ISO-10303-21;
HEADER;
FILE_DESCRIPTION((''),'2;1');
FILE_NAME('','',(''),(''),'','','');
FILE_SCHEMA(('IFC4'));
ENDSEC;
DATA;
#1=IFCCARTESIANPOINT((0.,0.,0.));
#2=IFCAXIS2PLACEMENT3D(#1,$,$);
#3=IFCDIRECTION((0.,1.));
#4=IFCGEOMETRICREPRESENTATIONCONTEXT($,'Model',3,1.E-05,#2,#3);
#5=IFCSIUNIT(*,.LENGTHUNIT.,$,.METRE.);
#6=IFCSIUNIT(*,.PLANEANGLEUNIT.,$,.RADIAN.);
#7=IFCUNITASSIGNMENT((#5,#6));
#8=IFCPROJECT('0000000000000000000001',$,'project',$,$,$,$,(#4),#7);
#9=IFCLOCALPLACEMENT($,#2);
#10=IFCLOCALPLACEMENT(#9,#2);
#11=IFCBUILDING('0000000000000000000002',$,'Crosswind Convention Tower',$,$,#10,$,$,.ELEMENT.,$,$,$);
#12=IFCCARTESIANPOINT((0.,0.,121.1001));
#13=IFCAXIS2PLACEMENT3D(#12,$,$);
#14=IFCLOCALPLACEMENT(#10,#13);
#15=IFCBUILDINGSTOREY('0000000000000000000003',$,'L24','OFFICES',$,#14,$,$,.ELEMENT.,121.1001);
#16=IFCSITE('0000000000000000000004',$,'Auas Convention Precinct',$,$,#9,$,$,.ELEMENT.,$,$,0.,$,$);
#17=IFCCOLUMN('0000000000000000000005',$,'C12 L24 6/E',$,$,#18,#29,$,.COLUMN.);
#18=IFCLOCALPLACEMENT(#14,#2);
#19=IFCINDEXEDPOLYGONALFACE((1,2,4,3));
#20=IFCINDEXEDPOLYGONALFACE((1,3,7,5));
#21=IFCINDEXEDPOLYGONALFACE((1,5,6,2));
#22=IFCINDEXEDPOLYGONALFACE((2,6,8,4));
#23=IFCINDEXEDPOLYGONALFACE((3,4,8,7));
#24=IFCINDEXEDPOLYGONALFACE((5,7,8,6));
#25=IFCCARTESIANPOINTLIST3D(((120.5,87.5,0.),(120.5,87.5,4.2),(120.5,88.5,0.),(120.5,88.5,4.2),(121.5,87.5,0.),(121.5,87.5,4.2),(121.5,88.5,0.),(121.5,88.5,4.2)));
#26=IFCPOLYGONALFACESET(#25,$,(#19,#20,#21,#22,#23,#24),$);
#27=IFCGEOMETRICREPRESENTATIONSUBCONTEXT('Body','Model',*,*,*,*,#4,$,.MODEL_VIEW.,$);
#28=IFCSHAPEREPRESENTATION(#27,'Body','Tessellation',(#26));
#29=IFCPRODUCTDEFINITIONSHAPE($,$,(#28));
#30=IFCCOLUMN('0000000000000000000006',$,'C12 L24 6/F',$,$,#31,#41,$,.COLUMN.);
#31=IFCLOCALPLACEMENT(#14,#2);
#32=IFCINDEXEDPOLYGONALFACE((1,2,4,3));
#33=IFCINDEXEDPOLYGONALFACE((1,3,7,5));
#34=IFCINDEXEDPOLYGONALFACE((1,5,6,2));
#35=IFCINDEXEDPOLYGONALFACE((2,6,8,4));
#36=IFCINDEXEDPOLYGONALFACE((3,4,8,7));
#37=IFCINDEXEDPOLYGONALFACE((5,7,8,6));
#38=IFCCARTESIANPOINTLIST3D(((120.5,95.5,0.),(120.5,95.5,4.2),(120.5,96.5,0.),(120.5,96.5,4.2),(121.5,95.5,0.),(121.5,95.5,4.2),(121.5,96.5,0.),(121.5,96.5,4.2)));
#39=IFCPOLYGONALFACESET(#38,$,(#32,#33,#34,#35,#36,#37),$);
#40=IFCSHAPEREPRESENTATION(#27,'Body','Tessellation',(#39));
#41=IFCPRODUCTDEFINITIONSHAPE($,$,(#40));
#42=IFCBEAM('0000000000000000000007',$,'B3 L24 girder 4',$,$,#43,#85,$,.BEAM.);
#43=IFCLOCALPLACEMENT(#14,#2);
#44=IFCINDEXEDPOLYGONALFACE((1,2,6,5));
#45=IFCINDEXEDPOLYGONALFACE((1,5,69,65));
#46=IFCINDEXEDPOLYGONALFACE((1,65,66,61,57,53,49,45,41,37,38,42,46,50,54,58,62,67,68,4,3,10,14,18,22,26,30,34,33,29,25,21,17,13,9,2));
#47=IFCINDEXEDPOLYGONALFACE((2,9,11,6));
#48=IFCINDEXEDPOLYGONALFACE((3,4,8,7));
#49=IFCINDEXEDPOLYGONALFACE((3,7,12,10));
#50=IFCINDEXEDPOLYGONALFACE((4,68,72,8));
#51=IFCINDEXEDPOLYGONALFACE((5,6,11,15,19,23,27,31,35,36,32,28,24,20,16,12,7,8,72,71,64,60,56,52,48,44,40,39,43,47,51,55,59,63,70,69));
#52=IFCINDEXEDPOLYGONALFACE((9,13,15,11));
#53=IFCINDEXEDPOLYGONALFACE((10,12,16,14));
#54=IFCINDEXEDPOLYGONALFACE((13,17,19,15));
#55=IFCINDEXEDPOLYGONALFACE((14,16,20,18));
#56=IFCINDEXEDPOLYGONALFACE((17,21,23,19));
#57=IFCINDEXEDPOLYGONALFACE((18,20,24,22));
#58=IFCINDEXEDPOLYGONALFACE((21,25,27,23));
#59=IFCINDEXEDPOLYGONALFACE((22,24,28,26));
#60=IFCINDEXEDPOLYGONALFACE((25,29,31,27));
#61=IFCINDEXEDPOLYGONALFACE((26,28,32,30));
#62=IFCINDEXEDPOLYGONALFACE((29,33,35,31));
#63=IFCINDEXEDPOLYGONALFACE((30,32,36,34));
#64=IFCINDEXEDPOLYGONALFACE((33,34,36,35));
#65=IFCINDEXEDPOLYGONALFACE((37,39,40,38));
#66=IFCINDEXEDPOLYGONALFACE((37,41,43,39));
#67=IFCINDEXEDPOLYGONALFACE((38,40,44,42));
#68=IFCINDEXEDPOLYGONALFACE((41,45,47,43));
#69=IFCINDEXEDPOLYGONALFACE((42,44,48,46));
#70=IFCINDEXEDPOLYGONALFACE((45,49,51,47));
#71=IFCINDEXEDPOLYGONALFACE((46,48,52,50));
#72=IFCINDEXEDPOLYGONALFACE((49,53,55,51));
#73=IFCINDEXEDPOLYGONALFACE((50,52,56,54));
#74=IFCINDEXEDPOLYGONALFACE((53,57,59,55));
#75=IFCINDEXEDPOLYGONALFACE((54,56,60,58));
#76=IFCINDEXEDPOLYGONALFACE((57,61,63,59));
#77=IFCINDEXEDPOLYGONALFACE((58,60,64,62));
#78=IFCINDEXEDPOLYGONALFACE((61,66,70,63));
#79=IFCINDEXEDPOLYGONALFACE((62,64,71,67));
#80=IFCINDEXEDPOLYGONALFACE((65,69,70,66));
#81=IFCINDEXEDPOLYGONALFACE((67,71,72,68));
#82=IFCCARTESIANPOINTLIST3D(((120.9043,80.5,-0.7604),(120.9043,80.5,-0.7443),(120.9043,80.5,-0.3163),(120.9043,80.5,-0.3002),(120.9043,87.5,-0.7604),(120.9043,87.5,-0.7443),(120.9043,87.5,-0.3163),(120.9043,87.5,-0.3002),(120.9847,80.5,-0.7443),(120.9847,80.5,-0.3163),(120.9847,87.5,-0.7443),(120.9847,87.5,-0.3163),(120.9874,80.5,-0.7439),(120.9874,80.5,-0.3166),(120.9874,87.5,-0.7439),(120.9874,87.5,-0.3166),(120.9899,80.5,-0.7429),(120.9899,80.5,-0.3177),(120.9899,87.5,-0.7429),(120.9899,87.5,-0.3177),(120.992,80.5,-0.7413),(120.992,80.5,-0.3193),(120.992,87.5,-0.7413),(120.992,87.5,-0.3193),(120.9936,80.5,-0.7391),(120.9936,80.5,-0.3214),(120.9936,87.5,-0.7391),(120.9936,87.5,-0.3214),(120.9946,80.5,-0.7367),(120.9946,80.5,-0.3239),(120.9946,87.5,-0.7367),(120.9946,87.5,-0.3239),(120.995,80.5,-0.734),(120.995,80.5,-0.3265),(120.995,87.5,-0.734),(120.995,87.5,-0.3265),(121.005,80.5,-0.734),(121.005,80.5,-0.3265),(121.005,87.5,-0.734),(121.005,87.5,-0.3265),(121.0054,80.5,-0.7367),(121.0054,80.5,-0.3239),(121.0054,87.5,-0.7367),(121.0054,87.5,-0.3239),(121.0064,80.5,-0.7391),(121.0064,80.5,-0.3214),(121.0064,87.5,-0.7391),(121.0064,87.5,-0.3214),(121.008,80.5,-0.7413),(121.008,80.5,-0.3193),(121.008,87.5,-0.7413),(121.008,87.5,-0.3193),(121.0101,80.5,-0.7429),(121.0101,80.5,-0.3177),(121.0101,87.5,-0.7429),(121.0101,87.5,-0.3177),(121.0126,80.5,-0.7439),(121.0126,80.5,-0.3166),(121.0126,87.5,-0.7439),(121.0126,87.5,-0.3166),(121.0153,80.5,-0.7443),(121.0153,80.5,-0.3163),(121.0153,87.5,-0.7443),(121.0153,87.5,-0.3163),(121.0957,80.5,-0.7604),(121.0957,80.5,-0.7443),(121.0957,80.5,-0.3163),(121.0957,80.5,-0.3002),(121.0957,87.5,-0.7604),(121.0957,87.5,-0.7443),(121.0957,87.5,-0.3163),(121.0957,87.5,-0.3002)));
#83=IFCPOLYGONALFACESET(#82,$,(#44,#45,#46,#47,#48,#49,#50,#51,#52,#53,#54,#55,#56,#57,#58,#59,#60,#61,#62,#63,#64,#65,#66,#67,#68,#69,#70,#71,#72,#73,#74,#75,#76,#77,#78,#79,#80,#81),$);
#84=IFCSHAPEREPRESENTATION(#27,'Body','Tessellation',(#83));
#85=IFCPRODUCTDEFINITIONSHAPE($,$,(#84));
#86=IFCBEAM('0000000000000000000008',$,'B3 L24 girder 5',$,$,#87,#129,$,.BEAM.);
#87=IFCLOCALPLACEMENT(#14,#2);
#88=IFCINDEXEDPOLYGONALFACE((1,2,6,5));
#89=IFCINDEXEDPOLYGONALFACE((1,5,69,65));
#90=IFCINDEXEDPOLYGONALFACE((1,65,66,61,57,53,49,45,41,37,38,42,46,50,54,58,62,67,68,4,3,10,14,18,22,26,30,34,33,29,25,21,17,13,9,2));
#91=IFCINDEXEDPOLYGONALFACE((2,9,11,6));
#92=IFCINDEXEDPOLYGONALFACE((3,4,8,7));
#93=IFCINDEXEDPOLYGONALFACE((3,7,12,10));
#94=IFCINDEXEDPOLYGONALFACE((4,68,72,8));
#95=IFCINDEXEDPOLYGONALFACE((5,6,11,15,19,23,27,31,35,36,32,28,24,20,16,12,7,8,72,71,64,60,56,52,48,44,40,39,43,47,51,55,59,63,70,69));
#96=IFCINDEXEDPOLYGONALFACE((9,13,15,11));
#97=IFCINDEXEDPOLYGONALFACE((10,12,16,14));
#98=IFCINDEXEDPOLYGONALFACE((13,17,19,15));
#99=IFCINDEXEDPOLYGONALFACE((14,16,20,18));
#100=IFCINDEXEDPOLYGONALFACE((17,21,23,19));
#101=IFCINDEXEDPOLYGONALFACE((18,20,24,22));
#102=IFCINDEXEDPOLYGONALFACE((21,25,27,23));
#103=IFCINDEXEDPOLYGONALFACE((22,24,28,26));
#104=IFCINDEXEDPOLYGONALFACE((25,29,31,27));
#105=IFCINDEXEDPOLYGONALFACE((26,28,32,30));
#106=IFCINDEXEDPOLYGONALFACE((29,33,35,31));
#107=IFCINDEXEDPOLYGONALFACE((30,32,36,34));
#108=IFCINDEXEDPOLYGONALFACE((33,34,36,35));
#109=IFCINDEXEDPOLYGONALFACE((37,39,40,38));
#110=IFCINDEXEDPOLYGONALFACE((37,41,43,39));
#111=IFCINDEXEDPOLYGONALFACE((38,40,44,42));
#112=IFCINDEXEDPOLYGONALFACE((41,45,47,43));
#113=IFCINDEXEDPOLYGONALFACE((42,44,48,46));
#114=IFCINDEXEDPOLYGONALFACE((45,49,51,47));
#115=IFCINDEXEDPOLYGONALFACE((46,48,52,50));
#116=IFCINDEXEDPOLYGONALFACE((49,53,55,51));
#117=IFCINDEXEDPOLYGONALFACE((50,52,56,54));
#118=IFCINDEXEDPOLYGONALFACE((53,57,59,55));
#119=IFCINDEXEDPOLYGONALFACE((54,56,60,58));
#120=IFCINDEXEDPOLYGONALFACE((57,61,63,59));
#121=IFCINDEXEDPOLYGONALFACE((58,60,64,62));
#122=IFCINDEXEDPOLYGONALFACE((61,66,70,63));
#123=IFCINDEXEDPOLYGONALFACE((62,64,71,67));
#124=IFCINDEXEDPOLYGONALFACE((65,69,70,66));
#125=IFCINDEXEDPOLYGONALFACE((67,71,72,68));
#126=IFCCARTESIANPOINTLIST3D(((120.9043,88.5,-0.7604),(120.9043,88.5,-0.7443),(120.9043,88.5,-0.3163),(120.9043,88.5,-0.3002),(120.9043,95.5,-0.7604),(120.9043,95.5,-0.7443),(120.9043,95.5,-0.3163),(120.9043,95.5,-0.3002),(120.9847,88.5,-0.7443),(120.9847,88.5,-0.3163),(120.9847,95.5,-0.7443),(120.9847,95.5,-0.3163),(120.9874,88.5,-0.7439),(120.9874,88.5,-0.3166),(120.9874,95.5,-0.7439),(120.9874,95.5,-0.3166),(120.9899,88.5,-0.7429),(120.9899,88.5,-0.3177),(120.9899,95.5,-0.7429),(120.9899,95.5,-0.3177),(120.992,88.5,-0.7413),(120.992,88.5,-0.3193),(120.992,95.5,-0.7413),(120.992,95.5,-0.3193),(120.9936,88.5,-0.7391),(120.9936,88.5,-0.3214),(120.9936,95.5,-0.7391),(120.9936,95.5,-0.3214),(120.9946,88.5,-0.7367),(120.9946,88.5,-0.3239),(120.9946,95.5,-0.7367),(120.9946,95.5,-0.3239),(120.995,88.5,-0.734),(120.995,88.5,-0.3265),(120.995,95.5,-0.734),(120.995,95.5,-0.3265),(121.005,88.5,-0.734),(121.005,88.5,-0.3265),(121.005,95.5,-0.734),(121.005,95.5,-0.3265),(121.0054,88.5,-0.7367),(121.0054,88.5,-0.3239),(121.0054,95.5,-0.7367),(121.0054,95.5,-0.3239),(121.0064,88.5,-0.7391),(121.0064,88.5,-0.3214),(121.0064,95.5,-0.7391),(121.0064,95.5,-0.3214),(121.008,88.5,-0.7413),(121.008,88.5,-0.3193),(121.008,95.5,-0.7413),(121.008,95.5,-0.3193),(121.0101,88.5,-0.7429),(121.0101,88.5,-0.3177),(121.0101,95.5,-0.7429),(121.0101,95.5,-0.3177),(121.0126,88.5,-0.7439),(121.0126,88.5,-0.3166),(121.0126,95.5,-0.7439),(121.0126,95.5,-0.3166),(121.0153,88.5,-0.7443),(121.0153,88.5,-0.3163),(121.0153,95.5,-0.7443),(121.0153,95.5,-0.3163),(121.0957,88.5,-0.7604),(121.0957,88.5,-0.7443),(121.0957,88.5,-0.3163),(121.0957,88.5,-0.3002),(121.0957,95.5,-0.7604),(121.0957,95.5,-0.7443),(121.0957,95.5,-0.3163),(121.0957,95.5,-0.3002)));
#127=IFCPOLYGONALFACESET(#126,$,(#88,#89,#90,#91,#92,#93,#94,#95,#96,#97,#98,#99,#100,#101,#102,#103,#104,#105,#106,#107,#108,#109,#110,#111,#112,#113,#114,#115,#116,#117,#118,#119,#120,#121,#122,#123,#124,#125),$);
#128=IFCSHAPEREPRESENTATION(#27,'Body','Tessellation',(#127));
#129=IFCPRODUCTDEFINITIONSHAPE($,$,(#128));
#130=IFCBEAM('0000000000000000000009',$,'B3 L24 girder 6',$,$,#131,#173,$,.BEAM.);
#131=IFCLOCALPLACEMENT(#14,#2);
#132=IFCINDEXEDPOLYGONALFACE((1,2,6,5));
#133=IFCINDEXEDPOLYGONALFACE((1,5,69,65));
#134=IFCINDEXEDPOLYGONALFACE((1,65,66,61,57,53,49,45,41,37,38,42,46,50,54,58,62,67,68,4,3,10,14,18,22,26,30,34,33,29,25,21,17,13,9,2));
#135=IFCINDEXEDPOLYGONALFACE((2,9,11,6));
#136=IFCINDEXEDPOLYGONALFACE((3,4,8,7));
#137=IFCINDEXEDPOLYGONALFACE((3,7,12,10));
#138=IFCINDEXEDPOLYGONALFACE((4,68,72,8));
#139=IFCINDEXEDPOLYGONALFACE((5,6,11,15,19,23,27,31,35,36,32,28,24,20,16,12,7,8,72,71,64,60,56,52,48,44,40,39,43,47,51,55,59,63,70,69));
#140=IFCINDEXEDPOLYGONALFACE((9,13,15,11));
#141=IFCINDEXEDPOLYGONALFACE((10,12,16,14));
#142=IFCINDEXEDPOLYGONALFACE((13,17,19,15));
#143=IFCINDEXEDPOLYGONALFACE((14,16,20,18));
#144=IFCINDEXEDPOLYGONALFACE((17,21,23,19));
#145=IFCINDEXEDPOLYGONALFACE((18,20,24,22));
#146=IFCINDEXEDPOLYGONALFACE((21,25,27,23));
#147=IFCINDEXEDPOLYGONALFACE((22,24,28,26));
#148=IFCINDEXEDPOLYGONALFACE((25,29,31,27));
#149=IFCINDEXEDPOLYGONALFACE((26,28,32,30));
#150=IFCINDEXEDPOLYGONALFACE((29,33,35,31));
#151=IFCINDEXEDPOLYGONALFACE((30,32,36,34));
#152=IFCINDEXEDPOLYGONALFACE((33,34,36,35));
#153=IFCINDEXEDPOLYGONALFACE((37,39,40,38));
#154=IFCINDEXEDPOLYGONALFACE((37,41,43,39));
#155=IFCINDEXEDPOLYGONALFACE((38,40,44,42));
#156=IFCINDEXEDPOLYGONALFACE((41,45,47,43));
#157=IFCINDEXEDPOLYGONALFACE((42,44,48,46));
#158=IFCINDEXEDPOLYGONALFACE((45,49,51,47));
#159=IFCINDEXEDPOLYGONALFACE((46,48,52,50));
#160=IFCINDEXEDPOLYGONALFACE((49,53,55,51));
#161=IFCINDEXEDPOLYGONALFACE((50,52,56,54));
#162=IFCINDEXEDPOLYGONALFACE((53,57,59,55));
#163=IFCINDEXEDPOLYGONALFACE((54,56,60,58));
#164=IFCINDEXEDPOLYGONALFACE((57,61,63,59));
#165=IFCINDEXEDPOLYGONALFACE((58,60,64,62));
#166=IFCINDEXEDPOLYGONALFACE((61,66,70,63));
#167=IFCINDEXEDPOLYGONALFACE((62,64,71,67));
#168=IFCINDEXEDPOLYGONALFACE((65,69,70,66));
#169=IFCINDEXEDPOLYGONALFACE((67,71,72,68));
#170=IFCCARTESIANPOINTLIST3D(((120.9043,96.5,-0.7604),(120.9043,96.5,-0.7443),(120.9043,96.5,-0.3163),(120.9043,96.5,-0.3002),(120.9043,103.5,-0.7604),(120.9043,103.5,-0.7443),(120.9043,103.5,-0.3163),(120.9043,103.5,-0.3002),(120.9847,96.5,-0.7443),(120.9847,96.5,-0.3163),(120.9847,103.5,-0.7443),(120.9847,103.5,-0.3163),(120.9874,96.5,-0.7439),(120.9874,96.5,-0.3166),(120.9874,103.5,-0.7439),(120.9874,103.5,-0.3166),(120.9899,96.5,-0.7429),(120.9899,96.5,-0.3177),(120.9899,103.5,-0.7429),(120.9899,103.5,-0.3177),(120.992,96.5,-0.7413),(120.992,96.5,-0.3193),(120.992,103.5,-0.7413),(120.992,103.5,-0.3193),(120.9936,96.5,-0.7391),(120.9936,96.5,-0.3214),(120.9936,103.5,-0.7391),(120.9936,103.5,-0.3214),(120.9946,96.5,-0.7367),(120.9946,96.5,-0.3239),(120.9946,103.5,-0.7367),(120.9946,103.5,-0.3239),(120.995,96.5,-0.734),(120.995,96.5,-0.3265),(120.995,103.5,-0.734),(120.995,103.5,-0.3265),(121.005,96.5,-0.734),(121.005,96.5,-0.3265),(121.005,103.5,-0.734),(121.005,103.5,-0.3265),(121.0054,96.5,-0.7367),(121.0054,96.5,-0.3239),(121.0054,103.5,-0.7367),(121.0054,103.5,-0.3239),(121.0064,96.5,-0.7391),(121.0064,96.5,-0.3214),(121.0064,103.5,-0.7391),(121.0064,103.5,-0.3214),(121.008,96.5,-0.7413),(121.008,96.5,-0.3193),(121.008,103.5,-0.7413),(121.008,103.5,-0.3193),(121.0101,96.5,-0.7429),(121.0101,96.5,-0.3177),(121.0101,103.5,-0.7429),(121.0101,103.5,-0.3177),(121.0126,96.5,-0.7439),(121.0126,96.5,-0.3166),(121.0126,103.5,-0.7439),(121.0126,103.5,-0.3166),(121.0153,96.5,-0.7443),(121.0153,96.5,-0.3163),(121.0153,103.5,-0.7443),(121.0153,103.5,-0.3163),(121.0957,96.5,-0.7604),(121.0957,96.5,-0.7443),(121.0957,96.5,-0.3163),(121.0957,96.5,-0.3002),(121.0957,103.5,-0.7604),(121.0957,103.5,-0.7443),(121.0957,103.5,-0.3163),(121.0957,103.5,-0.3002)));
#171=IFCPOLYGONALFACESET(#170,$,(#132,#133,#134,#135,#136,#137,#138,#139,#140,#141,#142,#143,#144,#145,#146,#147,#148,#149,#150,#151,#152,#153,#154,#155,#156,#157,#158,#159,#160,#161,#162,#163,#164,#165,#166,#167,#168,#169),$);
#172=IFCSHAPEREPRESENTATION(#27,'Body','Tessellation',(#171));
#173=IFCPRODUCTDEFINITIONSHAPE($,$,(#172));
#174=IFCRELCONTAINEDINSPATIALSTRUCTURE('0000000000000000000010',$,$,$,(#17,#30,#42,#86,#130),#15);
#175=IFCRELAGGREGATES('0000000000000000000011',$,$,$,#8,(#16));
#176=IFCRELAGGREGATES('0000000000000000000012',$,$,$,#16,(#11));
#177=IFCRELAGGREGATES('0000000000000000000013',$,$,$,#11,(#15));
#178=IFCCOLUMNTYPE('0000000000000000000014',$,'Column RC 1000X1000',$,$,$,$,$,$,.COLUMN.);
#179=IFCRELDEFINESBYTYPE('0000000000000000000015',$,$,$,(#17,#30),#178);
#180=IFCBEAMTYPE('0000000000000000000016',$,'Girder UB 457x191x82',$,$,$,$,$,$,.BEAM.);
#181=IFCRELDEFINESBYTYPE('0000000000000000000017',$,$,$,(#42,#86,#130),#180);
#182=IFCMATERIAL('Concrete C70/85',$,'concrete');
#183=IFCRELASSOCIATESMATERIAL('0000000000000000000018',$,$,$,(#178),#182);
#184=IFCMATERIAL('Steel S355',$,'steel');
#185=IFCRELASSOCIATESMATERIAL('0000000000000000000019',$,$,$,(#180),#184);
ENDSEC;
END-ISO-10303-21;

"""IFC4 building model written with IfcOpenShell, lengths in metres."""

from ifc_helpers import new_model, si_unit, direction, frame, origin, origin_2d, place, context, subcontext, project, spatial, rectangle, i_section, extrude, material, material_profile, profile_set, type_object, element, save


model = new_model("IFC4")

# Units and contexts
model_context = context("Model", 3, precision=1e-05, world=origin(), true_north=direction((0.0, 1.0)))
body_context = subcontext(model_context, "Body", "Model", "MODEL_VIEW")
ifc_project = project(units=[si_unit("LENGTHUNIT", "METRE"), si_unit("PLANEANGLEUNIT", "RADIAN")], contexts=[model_context])

# Site, building, storey
site_placement = place(None, origin())
site = spatial("IfcSite", under=ifc_project, at=site_placement, Name="Auas Convention Precinct", CompositionType="ELEMENT", RefElevation=0.0)
building_placement = place(site_placement, origin())
building = spatial("IfcBuilding", under=site, at=building_placement, Name="Crosswind Convention Tower", CompositionType="ELEMENT")
storey_placement = place(building_placement, frame((0.0, 0.0, 121.1001)))
storey = spatial("IfcBuildingStorey", under=building, at=storey_placement, Name="L24", Description="OFFICES", CompositionType="ELEMENT", Elevation=121.1001)

# Columns
ifc_material_1 = material(Name="Concrete C70/85", Category="concrete")
ifc_material_profile_1 = material_profile(ifc_material_1, rectangle(XDim=1.0, YDim=1.0, at=origin_2d()), Name="RC 1000X1000")
ifc_profile_set_1 = profile_set([ifc_material_profile_1], Name="Concrete C70/85")
column_type = type_object("IfcColumnType", Name="Column RC 1000X1000", PredefinedType="COLUMN", material=ifc_profile_set_1)
for number, where, z_axis, x_axis, name in (
    (1, (121.0, 88.0, 0.0), (0.0, 0.0, 1.0), (1.0, 0.0, 0.0), "C12 L24 6/E"),
    (2, (121.0, 96.0, 0.0), (0.0, 0.0, 1.0), (1.0, 0.0, 0.0), "C12 L24 6/F"),
):
    element("IfcColumn", number, at=place(storey_placement, frame(where, z_axis=z_axis, x_axis=x_axis)), inside=storey, type_object=column_type, Name=name, PredefinedType="COLUMN", context=body_context, shape_type="SweptSolid", body=[
        extrude(rectangle(XDim=1.0, YDim=1.0, at=origin_2d()), origin(), (0.0, 0.0, 1.0), 4.2),
    ])

# Beams
ifc_material_2 = material(Name="Steel S355", Category="steel")
ifc_material_profile_2 = material_profile(ifc_material_2, i_section(OverallWidth=0.1914, OverallDepth=0.4602, WebThickness=0.01, FlangeThickness=0.0161, FilletRadius=0.0103, at=origin_2d()), Name="UB 457x191x82")
ifc_profile_set_2 = profile_set([ifc_material_profile_2], Name="Steel S355")
beam_type_1 = type_object("IfcBeamType", Name="Girder UB 457x191x82", PredefinedType="BEAM", material=ifc_profile_set_2)
for number, where, z_axis, x_axis, name in (
    (3, (121.0, 80.5, -0.5303), (0.0, 1.0, 0.0), (-1.0, 0.0, 0.0), "B3 L24 girder 4"),
    (4, (121.0, 88.5, -0.5303), (0.0, 1.0, 0.0), (-1.0, 0.0, 0.0), "B3 L24 girder 5"),
    (5, (121.0, 96.5, -0.5303), (0.0, 1.0, 0.0), (-1.0, 0.0, 0.0), "B3 L24 girder 6"),
):
    element("IfcBeam", number, at=place(storey_placement, frame(where, z_axis=z_axis, x_axis=x_axis)), inside=storey, type_object=beam_type_1, Name=name, PredefinedType="BEAM", context=body_context, shape_type="SweptSolid", body=[
        extrude(i_section(OverallWidth=0.1914, OverallDepth=0.4602, WebThickness=0.01, FlangeThickness=0.0161, FilletRadius=0.0103, at=origin_2d()), origin(), (0.0, 0.0, 1.0), 7.0),
    ])

save(model, "model.ifc")
